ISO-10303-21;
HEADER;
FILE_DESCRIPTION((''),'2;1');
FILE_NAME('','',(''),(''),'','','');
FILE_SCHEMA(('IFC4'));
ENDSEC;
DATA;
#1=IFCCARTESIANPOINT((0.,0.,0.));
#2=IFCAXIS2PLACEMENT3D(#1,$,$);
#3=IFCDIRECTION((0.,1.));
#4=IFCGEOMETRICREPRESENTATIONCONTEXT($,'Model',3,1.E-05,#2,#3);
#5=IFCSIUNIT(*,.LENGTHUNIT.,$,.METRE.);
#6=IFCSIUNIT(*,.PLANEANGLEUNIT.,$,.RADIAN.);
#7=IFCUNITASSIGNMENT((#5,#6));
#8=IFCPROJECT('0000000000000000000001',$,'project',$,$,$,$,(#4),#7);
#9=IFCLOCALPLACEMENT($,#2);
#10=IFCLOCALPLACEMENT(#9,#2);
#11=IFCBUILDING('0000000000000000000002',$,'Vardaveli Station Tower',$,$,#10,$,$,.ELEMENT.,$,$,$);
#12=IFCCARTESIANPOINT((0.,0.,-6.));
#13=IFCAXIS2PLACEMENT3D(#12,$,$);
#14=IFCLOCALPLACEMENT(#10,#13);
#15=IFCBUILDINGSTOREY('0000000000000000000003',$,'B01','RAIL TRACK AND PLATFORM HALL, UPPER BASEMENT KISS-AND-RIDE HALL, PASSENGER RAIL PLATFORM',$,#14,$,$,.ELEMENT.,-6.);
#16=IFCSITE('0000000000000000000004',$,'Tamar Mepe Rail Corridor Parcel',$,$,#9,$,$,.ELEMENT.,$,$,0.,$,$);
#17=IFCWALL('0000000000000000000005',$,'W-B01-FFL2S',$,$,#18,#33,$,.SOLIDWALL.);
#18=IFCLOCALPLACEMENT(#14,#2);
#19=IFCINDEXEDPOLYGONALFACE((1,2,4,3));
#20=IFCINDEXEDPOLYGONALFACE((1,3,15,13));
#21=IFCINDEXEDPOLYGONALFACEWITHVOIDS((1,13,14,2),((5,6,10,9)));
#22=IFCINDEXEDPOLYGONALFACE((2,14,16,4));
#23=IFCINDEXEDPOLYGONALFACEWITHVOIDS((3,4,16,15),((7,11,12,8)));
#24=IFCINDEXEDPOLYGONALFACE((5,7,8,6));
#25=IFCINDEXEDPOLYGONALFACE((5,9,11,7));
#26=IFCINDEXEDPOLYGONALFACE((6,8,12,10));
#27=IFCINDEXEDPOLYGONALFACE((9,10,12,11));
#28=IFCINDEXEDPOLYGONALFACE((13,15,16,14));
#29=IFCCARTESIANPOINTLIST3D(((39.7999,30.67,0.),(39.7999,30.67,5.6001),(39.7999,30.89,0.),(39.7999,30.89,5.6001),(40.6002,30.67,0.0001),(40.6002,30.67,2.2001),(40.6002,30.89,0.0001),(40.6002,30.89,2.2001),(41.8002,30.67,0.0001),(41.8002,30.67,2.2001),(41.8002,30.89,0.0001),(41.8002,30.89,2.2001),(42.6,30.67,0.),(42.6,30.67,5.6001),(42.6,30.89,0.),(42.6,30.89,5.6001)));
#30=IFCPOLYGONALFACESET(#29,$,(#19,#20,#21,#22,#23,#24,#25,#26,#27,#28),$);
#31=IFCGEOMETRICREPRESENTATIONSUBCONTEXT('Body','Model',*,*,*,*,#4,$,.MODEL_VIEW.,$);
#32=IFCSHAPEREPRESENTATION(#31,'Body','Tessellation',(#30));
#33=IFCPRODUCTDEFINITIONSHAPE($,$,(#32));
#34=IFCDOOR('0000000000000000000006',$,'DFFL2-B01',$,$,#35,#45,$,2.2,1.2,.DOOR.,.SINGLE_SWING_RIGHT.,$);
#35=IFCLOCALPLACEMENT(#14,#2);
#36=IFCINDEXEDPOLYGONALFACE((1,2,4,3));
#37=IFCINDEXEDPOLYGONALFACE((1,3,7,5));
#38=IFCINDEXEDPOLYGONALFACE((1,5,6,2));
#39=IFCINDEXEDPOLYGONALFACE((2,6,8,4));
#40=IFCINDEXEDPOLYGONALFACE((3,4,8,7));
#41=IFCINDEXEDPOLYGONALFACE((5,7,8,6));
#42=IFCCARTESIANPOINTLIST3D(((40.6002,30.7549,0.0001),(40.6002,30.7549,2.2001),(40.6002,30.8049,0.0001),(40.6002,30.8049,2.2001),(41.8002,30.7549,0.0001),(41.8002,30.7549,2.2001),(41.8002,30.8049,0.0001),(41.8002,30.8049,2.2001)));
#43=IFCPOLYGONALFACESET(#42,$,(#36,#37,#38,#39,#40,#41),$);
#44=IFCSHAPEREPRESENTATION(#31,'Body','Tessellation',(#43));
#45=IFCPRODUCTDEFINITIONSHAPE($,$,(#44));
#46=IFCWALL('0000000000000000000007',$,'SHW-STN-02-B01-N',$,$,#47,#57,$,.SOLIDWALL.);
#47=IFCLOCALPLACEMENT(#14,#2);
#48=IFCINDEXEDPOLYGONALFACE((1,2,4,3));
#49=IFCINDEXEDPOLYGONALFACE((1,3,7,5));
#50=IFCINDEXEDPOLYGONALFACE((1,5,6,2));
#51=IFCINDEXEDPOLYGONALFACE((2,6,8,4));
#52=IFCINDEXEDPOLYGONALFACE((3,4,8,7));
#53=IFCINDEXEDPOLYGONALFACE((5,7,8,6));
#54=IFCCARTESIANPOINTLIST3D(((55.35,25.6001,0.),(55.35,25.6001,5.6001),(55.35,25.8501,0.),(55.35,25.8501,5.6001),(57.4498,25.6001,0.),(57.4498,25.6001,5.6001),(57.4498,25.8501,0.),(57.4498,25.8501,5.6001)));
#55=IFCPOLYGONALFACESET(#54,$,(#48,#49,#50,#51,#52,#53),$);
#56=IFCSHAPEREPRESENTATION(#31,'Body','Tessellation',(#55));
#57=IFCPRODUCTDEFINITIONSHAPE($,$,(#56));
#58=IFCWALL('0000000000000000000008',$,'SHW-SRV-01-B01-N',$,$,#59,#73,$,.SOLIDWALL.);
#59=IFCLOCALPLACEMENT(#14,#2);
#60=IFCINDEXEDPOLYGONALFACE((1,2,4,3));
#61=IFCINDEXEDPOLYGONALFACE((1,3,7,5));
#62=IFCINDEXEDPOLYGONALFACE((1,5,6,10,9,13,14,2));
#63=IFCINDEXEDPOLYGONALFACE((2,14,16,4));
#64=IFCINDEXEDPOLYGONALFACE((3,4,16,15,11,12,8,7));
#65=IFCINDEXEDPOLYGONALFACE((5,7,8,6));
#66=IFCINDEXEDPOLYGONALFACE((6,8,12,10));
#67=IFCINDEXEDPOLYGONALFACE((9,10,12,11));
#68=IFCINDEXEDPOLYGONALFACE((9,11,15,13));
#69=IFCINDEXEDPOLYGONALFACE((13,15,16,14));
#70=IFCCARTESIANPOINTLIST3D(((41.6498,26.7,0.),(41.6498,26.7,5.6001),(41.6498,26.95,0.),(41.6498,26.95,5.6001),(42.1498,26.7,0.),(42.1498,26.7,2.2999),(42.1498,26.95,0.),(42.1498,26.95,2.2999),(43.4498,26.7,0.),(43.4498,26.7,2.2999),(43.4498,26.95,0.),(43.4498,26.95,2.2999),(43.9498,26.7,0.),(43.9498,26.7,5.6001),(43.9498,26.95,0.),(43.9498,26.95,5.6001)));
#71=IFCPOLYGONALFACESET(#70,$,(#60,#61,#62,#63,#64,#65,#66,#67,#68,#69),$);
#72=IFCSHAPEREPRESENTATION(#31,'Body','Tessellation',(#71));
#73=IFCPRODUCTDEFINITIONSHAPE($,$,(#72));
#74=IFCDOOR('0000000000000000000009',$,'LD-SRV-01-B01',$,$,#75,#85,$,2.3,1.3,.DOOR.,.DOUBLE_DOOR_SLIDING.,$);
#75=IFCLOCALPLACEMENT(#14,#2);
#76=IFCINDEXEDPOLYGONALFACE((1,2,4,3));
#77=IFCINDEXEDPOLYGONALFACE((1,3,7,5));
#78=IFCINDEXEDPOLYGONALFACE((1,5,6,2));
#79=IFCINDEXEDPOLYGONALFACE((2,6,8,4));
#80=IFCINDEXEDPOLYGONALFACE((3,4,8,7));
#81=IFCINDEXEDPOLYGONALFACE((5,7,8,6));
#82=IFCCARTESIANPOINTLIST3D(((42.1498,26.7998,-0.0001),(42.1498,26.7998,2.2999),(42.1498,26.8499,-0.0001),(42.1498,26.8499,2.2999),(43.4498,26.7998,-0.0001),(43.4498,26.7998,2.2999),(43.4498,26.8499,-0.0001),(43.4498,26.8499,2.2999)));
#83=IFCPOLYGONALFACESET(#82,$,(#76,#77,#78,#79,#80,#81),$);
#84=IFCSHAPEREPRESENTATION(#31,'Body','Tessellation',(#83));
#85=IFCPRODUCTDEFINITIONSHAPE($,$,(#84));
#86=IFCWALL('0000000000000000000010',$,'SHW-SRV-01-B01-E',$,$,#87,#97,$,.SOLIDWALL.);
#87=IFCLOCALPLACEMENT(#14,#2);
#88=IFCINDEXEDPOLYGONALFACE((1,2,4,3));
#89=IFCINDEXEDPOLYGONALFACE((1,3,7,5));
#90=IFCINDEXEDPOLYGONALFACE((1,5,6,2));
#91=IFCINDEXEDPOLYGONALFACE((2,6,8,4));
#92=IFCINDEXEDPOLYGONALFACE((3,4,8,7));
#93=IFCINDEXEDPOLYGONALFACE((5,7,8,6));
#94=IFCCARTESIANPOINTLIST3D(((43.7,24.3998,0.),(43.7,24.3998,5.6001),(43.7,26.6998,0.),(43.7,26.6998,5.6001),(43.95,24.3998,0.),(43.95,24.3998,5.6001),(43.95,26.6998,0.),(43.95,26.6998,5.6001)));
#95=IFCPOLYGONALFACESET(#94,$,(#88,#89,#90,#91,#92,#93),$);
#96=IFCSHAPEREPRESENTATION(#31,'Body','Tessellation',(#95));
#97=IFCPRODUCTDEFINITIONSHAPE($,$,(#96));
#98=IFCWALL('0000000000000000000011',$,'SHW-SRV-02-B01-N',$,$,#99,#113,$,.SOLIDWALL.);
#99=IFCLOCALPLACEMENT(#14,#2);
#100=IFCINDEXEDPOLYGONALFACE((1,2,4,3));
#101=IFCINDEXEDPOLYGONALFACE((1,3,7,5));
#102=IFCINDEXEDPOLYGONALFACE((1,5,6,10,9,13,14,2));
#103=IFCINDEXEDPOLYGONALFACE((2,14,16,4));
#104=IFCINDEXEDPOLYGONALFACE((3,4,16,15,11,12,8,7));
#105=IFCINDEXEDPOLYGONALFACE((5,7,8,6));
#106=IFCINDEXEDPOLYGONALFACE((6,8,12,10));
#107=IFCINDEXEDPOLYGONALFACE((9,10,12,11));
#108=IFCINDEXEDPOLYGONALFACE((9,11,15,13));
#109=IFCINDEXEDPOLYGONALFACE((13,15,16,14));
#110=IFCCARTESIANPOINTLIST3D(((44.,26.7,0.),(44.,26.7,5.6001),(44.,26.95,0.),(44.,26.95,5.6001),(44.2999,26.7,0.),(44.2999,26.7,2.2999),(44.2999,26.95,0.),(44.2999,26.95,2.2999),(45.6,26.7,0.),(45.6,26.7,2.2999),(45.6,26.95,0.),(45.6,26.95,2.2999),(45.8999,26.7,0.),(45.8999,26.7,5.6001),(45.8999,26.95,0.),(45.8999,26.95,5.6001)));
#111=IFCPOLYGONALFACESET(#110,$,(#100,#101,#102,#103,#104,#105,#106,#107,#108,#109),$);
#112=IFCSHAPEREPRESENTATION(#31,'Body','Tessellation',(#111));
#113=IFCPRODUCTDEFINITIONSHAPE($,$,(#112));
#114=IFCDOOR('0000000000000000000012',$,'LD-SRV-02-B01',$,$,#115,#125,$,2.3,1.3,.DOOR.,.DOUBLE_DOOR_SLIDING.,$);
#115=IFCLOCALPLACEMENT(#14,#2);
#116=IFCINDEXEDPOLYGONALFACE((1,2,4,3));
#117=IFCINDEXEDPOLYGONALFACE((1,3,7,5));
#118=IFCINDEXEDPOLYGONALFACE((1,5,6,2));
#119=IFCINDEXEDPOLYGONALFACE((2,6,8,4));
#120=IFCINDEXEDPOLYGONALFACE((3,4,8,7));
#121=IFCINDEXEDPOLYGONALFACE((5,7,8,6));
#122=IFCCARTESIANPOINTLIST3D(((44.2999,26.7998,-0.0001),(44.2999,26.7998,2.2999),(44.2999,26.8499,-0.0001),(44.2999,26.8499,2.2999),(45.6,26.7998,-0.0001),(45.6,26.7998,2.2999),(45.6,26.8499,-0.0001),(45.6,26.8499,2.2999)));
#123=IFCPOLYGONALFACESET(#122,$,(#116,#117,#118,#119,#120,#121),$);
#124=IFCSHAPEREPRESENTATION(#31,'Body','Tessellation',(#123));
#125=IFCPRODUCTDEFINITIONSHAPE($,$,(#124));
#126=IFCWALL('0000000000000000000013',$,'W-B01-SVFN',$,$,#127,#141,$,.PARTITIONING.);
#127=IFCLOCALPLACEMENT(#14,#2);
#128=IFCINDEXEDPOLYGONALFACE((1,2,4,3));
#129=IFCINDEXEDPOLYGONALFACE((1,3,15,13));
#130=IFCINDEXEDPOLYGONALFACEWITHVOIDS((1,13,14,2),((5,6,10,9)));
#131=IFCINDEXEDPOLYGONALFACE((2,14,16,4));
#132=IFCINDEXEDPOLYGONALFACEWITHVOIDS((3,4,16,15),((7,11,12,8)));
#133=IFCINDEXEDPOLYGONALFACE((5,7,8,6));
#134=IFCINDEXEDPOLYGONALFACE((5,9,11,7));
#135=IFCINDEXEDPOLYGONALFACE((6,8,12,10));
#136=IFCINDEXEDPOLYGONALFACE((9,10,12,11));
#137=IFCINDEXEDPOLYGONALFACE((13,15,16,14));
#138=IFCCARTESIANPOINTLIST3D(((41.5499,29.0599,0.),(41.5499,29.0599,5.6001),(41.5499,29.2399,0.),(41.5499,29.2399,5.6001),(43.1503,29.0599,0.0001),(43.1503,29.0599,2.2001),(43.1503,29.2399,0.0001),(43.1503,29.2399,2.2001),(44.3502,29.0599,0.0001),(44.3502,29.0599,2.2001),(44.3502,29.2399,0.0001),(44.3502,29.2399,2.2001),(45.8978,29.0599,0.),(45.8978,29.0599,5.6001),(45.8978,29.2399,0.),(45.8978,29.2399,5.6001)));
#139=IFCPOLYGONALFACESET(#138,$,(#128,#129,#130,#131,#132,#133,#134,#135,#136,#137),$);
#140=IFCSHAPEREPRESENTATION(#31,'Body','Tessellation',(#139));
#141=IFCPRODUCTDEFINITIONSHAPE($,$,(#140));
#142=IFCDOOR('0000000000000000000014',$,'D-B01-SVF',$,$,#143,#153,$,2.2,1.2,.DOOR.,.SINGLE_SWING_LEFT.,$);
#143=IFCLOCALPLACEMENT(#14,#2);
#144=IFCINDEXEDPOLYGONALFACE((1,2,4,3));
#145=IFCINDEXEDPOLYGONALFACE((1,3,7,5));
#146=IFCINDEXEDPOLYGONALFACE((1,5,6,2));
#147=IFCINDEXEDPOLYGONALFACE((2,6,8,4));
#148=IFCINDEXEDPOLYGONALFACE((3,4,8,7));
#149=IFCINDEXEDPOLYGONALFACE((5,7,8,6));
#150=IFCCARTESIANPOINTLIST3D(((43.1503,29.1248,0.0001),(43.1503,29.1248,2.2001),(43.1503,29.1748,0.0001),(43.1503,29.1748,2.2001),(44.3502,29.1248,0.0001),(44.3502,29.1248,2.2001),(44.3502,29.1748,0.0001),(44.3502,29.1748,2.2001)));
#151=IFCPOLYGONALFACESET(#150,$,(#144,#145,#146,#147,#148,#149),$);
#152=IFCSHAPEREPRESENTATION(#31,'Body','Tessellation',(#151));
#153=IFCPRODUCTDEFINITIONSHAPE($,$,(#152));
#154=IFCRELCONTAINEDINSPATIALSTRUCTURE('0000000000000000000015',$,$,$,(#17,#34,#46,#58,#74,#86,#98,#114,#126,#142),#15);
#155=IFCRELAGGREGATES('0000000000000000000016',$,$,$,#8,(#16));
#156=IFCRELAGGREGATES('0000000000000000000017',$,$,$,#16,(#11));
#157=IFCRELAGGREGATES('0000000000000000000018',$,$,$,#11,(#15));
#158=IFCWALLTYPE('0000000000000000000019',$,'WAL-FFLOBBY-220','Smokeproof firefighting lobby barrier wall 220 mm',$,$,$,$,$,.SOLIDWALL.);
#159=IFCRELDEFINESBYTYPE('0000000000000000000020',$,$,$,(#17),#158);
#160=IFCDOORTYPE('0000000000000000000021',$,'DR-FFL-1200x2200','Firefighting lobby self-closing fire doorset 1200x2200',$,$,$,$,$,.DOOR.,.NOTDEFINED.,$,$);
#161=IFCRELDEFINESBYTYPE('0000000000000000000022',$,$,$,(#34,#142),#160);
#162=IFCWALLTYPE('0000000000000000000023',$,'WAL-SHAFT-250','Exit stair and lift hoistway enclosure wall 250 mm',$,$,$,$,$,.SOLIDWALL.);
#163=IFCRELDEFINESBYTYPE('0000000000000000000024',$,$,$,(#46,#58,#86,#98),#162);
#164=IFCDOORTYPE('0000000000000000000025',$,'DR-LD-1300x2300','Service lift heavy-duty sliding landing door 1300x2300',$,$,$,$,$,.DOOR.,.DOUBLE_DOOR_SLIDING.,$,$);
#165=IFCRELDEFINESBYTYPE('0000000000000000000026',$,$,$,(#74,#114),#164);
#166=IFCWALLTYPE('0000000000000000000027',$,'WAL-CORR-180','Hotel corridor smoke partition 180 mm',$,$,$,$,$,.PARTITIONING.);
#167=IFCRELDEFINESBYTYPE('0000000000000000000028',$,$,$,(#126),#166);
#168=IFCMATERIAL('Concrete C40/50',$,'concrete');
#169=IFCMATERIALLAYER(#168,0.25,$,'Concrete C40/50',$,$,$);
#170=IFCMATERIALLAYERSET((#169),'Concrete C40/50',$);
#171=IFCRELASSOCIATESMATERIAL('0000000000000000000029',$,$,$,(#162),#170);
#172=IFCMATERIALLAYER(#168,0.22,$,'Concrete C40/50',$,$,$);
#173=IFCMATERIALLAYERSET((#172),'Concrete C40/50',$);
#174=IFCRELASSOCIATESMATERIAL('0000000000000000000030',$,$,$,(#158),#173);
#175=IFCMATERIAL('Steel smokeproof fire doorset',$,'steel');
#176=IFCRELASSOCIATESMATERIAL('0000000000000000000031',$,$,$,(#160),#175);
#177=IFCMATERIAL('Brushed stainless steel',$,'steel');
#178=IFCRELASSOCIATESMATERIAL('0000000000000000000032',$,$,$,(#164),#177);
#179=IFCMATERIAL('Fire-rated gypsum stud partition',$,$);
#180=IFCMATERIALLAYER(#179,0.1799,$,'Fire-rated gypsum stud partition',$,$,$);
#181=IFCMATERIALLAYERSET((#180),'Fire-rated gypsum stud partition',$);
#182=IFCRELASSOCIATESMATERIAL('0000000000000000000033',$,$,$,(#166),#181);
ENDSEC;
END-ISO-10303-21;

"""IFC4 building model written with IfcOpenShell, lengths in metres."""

from ifc_helpers import new_model, si_unit, direction, frame, frame_2d, origin, place, context, subcontext, project, spatial, rectangle, extrude, source, transform, mapped, material, layer, layer_set, type_object, element, fill, save


model = new_model("IFC4")

# Units and contexts
model_context = context("Model", 3, precision=1e-05, world=origin(), true_north=direction((0.0, 1.0)))
body_context = subcontext(model_context, "Body", "Model", "MODEL_VIEW")
ifc_project = project(units=[si_unit("LENGTHUNIT", "METRE"), si_unit("PLANEANGLEUNIT", "RADIAN")], contexts=[model_context])

# Site, building, storey
site_placement = place(None, origin())
site = spatial("IfcSite", under=ifc_project, at=site_placement, Name="Tamar Mepe Rail Corridor Parcel", CompositionType="ELEMENT", RefElevation=0.0)
building_placement = place(site_placement, origin())
building = spatial("IfcBuilding", under=site, at=building_placement, Name="Vardaveli Station Tower", CompositionType="ELEMENT")
storey_placement = place(building_placement, frame((0.0, 0.0, -6.0)))
storey = spatial("IfcBuildingStorey", under=building, at=storey_placement, Name="B01", Description="RAIL TRACK AND PLATFORM HALL, UPPER BASEMENT KISS-AND-RIDE HALL, PASSENGER RAIL PLATFORM", CompositionType="ELEMENT", Elevation=-6.0)

# Shared definitions
ifc_material_1 = material(Name="Concrete C40/50", Category="concrete")
ifc_layer_1 = layer(ifc_material_1, 0.25, Name="Concrete C40/50")
ifc_layer_set_1 = layer_set([ifc_layer_1], Name="Concrete C40/50")
wall_type_1 = type_object("IfcWallType", Name="WAL-SHAFT-250", Description="Exit stair and lift hoistway enclosure wall 250 mm", PredefinedType="SOLIDWALL", material=ifc_layer_set_1)

# Shared definitions
ifc_material_2 = material(Name="Steel smokeproof fire doorset", Category="steel")

# Wall, opening, door
ifc_layer_2 = layer(ifc_material_1, 0.22, Name="Concrete C40/50")
ifc_layer_set_2 = layer_set([ifc_layer_2], Name="Concrete C40/50")
wall_type_2 = type_object("IfcWallType", Name="WAL-FFLOBBY-220", Description="Smokeproof firefighting lobby barrier wall 220 mm", PredefinedType="SOLIDWALL", material=ifc_layer_set_2)
shared_shape_1 = source(origin(), body_context, "Body", "SweptSolid", [
    extrude(rectangle(XDim=2.8, YDim=0.22, at=frame_2d((1.3999, 0.0))), origin(), (0.0, 0.0, 1.0), 5.6001),
])
wall_1_placement = place(storey_placement, frame((39.8, 30.78, 0.0), z_axis=(0.0, 0.0, 1.0), x_axis=(1.0, 0.0, 0.0)))
wall_1 = element("IfcWall", 1, at=wall_1_placement, inside=storey, type_object=wall_type_2, Name="W-B01-FFL2S", PredefinedType="SOLIDWALL", context=body_context, shape_type="MappedRepresentation", body=[
    mapped(shared_shape_1, transform((0.0, 0.0, 0.0), scale=1.0)),
])
shared_shape_2 = source(origin(), body_context, "Body", "SweptSolid", [
    extrude(rectangle(XDim=1.2, YDim=2.2, at=frame_2d((0.6001, 1.1001))), frame((0.0, 0.1201, 0.0), z_axis=(0.0, -1.0, 0.0), x_axis=(1.0, 0.0, 0.0)), (0.0, 0.0, 1.0), 0.24),
])
opening_1_placement = place(wall_1_placement, frame((0.8, 0.0, 0.0)))
opening_1 = element("IfcOpeningElement", 2, at=opening_1_placement, cuts=wall_1, PredefinedType="OPENING", context=body_context, shape_type="MappedRepresentation", body=[
    mapped(shared_shape_2, transform((0.0, 0.0, 0.0), scale=1.0)),
])
door_type_1 = type_object("IfcDoorType", Name="DR-FFL-1200x2200", Description="Firefighting lobby self-closing fire doorset 1200x2200", OperationType="NOTDEFINED", PredefinedType="DOOR", material=ifc_material_2)
shared_shape_3 = source(origin(), body_context, "Body", "SweptSolid", [
    extrude(rectangle(XDim=1.2, YDim=2.2, at=frame_2d((0.6001, 1.1001))), frame((0.0, 0.0249, 0.0), z_axis=(0.0, -1.0, 0.0), x_axis=(1.0, 0.0, 0.0)), (0.0, 0.0, 1.0), 0.05),
])
door_1_placement = place(opening_1_placement, origin())
door_1 = element("IfcDoor", 3, at=door_1_placement, inside=storey, type_object=door_type_1, Name="DFFL2-B01", OperationType="SINGLE_SWING_RIGHT", OverallHeight=2.2, OverallWidth=1.2, PredefinedType="DOOR", context=body_context, shape_type="MappedRepresentation", body=[
    mapped(shared_shape_3, transform((0.0, 0.0, 0.0), scale=1.0)),
])
fill(opening_1, door_1)

# Wall
shared_shape_4 = source(origin(), body_context, "Body", "SweptSolid", [
    extrude(rectangle(XDim=2.0999, YDim=0.25, at=frame_2d((1.0498, 0.0))), origin(), (0.0, 0.0, 1.0), 5.6001),
])
wall_2_placement = place(storey_placement, frame((55.3501, 25.7251, 0.0), z_axis=(0.0, 0.0, 1.0), x_axis=(1.0, 0.0, 0.0)))
element("IfcWall", 4, at=wall_2_placement, inside=storey, type_object=wall_type_1, Name="SHW-STN-02-B01-N", PredefinedType="SOLIDWALL", context=body_context, shape_type="MappedRepresentation", body=[
    mapped(shared_shape_4, transform((0.0, 0.0, 0.0), scale=1.0)),
])

# Wall, opening, door
shared_shape_5 = source(origin(), body_context, "Body", "SweptSolid", [
    extrude(rectangle(XDim=2.3, YDim=0.25, at=frame_2d((1.1499, 0.0))), origin(), (0.0, 0.0, 1.0), 5.6001),
])
wall_3_placement = place(storey_placement, frame((41.6499, 26.825, 0.0), z_axis=(0.0, 0.0, 1.0), x_axis=(1.0, 0.0, 0.0)))
wall_3 = element("IfcWall", 5, at=wall_3_placement, inside=storey, type_object=wall_type_1, Name="SHW-SRV-01-B01-N", PredefinedType="SOLIDWALL", context=body_context, shape_type="MappedRepresentation", body=[
    mapped(shared_shape_5, transform((0.0, 0.0, 0.0), scale=1.0)),
])
shared_shape_6 = source(origin(), body_context, "Body", "SweptSolid", [
    extrude(rectangle(XDim=1.3, YDim=2.3, at=frame_2d((0.6499, 1.1499))), frame((0.0, 0.135, 0.0), z_axis=(0.0, -1.0, 0.0), x_axis=(1.0, 0.0, 0.0)), (0.0, 0.0, 1.0), 0.27),
])
opening_2_placement = place(wall_3_placement, frame((0.5, 0.0, 0.0)))
opening_2 = element("IfcOpeningElement", 6, at=opening_2_placement, cuts=wall_3, PredefinedType="OPENING", context=body_context, shape_type="MappedRepresentation", body=[
    mapped(shared_shape_6, transform((0.0, 0.0, 0.0), scale=1.0)),
])
ifc_material_3 = material(Name="Brushed stainless steel", Category="steel")
door_type_2 = type_object("IfcDoorType", Name="DR-LD-1300x2300", Description="Service lift heavy-duty sliding landing door 1300x2300", OperationType="DOUBLE_DOOR_SLIDING", PredefinedType="DOOR", material=ifc_material_3)
shared_shape_7 = source(origin(), body_context, "Body", "SweptSolid", [
    extrude(rectangle(XDim=1.3, YDim=2.3, at=frame_2d((0.6499, 1.1499))), frame((0.0, 0.0249, 0.0), z_axis=(0.0, -1.0, 0.0), x_axis=(1.0, 0.0, 0.0)), (0.0, 0.0, 1.0), 0.05),
])
door_2_placement = place(opening_2_placement, origin())
door_2 = element("IfcDoor", 7, at=door_2_placement, inside=storey, type_object=door_type_2, Name="LD-SRV-01-B01", OperationType="DOUBLE_DOOR_SLIDING", OverallHeight=2.3, OverallWidth=1.3, PredefinedType="DOOR", context=body_context, shape_type="MappedRepresentation", body=[
    mapped(shared_shape_7, transform((0.0, 0.0, 0.0), scale=1.0)),
])
fill(opening_2, door_2)

# Wall
wall_4_placement = place(storey_placement, frame((43.825, 24.3999, 0.0), z_axis=(0.0, 0.0, 1.0), x_axis=(0.0, 1.0, 0.0)))
element("IfcWall", 8, at=wall_4_placement, inside=storey, type_object=wall_type_1, Name="SHW-SRV-01-B01-E", PredefinedType="SOLIDWALL", context=body_context, shape_type="MappedRepresentation", body=[
    mapped(shared_shape_5, transform((0.0, 0.0, 0.0), scale=1.0)),
])

# Walls, openings, doors
shared_shape_8 = source(origin(), body_context, "Body", "SweptSolid", [
    extrude(rectangle(XDim=1.8999, YDim=0.25, at=frame_2d((0.95, 0.0))), origin(), (0.0, 0.0, 1.0), 5.6001),
])
wall_5_placement = place(storey_placement, frame((44.0, 26.825, 0.0), z_axis=(0.0, 0.0, 1.0), x_axis=(1.0, 0.0, 0.0)))
wall_5 = element("IfcWall", 9, at=wall_5_placement, inside=storey, type_object=wall_type_1, Name="SHW-SRV-02-B01-N", PredefinedType="SOLIDWALL", context=body_context, shape_type="MappedRepresentation", body=[
    mapped(shared_shape_8, transform((0.0, 0.0, 0.0), scale=1.0)),
])
opening_3_placement = place(wall_5_placement, frame((0.3, 0.0, 0.0)))
opening_3 = element("IfcOpeningElement", 10, at=opening_3_placement, cuts=wall_5, PredefinedType="OPENING", context=body_context, shape_type="MappedRepresentation", body=[
    mapped(shared_shape_6, transform((0.0, 0.0, 0.0), scale=1.0)),
])
door_3_placement = place(opening_3_placement, origin())
door_3 = element("IfcDoor", 11, at=door_3_placement, inside=storey, type_object=door_type_2, Name="LD-SRV-02-B01", OperationType="DOUBLE_DOOR_SLIDING", OverallHeight=2.3, OverallWidth=1.3, PredefinedType="DOOR", context=body_context, shape_type="MappedRepresentation", body=[
    mapped(shared_shape_7, transform((0.0, 0.0, 0.0), scale=1.0)),
])
fill(opening_3, door_3)
ifc_material_4 = material(Name="Fire-rated gypsum stud partition")
ifc_layer_3 = layer(ifc_material_4, 0.1799, Name="Fire-rated gypsum stud partition")
ifc_layer_set_3 = layer_set([ifc_layer_3], Name="Fire-rated gypsum stud partition")
wall_type_3 = type_object("IfcWallType", Name="WAL-CORR-180", Description="Hotel corridor smoke partition 180 mm", PredefinedType="PARTITIONING", material=ifc_layer_set_3)
shared_shape_9 = source(origin(), body_context, "Body", "SweptSolid", [
    extrude(rectangle(XDim=4.3479, YDim=0.1799, at=frame_2d((2.1738, 0.0))), origin(), (0.0, 0.0, 1.0), 5.6001),
])
wall_6_placement = place(storey_placement, frame((41.55, 29.1499, 0.0), z_axis=(0.0, 0.0, 1.0), x_axis=(1.0, 0.0, 0.0)))
wall_6 = element("IfcWall", 12, at=wall_6_placement, inside=storey, type_object=wall_type_3, Name="W-B01-SVFN", PredefinedType="PARTITIONING", context=body_context, shape_type="MappedRepresentation", body=[
    mapped(shared_shape_9, transform((0.0, 0.0, 0.0), scale=1.0)),
])
shared_shape_10 = source(origin(), body_context, "Body", "SweptSolid", [
    extrude(rectangle(XDim=1.2, YDim=2.2, at=frame_2d((0.6001, 1.1001))), frame((0.0, 0.1001, 0.0), z_axis=(0.0, -1.0, 0.0), x_axis=(1.0, 0.0, 0.0)), (0.0, 0.0, 1.0), 0.2),
])
opening_4_placement = place(wall_6_placement, frame((1.6001, 0.0, 0.0)))
opening_4 = element("IfcOpeningElement", 13, at=opening_4_placement, cuts=wall_6, PredefinedType="OPENING", context=body_context, shape_type="MappedRepresentation", body=[
    mapped(shared_shape_10, transform((0.0, 0.0, 0.0), scale=1.0)),
])
door_4_placement = place(opening_4_placement, origin())
door_4 = element("IfcDoor", 14, at=door_4_placement, inside=storey, type_object=door_type_1, Name="D-B01-SVF", OperationType="SINGLE_SWING_LEFT", OverallHeight=2.2, OverallWidth=1.2, PredefinedType="DOOR", context=body_context, shape_type="MappedRepresentation", body=[
    mapped(shared_shape_3, transform((0.0, 0.0, 0.0), scale=1.0)),
])
fill(opening_4, door_4)

save(model, "model.ifc")
